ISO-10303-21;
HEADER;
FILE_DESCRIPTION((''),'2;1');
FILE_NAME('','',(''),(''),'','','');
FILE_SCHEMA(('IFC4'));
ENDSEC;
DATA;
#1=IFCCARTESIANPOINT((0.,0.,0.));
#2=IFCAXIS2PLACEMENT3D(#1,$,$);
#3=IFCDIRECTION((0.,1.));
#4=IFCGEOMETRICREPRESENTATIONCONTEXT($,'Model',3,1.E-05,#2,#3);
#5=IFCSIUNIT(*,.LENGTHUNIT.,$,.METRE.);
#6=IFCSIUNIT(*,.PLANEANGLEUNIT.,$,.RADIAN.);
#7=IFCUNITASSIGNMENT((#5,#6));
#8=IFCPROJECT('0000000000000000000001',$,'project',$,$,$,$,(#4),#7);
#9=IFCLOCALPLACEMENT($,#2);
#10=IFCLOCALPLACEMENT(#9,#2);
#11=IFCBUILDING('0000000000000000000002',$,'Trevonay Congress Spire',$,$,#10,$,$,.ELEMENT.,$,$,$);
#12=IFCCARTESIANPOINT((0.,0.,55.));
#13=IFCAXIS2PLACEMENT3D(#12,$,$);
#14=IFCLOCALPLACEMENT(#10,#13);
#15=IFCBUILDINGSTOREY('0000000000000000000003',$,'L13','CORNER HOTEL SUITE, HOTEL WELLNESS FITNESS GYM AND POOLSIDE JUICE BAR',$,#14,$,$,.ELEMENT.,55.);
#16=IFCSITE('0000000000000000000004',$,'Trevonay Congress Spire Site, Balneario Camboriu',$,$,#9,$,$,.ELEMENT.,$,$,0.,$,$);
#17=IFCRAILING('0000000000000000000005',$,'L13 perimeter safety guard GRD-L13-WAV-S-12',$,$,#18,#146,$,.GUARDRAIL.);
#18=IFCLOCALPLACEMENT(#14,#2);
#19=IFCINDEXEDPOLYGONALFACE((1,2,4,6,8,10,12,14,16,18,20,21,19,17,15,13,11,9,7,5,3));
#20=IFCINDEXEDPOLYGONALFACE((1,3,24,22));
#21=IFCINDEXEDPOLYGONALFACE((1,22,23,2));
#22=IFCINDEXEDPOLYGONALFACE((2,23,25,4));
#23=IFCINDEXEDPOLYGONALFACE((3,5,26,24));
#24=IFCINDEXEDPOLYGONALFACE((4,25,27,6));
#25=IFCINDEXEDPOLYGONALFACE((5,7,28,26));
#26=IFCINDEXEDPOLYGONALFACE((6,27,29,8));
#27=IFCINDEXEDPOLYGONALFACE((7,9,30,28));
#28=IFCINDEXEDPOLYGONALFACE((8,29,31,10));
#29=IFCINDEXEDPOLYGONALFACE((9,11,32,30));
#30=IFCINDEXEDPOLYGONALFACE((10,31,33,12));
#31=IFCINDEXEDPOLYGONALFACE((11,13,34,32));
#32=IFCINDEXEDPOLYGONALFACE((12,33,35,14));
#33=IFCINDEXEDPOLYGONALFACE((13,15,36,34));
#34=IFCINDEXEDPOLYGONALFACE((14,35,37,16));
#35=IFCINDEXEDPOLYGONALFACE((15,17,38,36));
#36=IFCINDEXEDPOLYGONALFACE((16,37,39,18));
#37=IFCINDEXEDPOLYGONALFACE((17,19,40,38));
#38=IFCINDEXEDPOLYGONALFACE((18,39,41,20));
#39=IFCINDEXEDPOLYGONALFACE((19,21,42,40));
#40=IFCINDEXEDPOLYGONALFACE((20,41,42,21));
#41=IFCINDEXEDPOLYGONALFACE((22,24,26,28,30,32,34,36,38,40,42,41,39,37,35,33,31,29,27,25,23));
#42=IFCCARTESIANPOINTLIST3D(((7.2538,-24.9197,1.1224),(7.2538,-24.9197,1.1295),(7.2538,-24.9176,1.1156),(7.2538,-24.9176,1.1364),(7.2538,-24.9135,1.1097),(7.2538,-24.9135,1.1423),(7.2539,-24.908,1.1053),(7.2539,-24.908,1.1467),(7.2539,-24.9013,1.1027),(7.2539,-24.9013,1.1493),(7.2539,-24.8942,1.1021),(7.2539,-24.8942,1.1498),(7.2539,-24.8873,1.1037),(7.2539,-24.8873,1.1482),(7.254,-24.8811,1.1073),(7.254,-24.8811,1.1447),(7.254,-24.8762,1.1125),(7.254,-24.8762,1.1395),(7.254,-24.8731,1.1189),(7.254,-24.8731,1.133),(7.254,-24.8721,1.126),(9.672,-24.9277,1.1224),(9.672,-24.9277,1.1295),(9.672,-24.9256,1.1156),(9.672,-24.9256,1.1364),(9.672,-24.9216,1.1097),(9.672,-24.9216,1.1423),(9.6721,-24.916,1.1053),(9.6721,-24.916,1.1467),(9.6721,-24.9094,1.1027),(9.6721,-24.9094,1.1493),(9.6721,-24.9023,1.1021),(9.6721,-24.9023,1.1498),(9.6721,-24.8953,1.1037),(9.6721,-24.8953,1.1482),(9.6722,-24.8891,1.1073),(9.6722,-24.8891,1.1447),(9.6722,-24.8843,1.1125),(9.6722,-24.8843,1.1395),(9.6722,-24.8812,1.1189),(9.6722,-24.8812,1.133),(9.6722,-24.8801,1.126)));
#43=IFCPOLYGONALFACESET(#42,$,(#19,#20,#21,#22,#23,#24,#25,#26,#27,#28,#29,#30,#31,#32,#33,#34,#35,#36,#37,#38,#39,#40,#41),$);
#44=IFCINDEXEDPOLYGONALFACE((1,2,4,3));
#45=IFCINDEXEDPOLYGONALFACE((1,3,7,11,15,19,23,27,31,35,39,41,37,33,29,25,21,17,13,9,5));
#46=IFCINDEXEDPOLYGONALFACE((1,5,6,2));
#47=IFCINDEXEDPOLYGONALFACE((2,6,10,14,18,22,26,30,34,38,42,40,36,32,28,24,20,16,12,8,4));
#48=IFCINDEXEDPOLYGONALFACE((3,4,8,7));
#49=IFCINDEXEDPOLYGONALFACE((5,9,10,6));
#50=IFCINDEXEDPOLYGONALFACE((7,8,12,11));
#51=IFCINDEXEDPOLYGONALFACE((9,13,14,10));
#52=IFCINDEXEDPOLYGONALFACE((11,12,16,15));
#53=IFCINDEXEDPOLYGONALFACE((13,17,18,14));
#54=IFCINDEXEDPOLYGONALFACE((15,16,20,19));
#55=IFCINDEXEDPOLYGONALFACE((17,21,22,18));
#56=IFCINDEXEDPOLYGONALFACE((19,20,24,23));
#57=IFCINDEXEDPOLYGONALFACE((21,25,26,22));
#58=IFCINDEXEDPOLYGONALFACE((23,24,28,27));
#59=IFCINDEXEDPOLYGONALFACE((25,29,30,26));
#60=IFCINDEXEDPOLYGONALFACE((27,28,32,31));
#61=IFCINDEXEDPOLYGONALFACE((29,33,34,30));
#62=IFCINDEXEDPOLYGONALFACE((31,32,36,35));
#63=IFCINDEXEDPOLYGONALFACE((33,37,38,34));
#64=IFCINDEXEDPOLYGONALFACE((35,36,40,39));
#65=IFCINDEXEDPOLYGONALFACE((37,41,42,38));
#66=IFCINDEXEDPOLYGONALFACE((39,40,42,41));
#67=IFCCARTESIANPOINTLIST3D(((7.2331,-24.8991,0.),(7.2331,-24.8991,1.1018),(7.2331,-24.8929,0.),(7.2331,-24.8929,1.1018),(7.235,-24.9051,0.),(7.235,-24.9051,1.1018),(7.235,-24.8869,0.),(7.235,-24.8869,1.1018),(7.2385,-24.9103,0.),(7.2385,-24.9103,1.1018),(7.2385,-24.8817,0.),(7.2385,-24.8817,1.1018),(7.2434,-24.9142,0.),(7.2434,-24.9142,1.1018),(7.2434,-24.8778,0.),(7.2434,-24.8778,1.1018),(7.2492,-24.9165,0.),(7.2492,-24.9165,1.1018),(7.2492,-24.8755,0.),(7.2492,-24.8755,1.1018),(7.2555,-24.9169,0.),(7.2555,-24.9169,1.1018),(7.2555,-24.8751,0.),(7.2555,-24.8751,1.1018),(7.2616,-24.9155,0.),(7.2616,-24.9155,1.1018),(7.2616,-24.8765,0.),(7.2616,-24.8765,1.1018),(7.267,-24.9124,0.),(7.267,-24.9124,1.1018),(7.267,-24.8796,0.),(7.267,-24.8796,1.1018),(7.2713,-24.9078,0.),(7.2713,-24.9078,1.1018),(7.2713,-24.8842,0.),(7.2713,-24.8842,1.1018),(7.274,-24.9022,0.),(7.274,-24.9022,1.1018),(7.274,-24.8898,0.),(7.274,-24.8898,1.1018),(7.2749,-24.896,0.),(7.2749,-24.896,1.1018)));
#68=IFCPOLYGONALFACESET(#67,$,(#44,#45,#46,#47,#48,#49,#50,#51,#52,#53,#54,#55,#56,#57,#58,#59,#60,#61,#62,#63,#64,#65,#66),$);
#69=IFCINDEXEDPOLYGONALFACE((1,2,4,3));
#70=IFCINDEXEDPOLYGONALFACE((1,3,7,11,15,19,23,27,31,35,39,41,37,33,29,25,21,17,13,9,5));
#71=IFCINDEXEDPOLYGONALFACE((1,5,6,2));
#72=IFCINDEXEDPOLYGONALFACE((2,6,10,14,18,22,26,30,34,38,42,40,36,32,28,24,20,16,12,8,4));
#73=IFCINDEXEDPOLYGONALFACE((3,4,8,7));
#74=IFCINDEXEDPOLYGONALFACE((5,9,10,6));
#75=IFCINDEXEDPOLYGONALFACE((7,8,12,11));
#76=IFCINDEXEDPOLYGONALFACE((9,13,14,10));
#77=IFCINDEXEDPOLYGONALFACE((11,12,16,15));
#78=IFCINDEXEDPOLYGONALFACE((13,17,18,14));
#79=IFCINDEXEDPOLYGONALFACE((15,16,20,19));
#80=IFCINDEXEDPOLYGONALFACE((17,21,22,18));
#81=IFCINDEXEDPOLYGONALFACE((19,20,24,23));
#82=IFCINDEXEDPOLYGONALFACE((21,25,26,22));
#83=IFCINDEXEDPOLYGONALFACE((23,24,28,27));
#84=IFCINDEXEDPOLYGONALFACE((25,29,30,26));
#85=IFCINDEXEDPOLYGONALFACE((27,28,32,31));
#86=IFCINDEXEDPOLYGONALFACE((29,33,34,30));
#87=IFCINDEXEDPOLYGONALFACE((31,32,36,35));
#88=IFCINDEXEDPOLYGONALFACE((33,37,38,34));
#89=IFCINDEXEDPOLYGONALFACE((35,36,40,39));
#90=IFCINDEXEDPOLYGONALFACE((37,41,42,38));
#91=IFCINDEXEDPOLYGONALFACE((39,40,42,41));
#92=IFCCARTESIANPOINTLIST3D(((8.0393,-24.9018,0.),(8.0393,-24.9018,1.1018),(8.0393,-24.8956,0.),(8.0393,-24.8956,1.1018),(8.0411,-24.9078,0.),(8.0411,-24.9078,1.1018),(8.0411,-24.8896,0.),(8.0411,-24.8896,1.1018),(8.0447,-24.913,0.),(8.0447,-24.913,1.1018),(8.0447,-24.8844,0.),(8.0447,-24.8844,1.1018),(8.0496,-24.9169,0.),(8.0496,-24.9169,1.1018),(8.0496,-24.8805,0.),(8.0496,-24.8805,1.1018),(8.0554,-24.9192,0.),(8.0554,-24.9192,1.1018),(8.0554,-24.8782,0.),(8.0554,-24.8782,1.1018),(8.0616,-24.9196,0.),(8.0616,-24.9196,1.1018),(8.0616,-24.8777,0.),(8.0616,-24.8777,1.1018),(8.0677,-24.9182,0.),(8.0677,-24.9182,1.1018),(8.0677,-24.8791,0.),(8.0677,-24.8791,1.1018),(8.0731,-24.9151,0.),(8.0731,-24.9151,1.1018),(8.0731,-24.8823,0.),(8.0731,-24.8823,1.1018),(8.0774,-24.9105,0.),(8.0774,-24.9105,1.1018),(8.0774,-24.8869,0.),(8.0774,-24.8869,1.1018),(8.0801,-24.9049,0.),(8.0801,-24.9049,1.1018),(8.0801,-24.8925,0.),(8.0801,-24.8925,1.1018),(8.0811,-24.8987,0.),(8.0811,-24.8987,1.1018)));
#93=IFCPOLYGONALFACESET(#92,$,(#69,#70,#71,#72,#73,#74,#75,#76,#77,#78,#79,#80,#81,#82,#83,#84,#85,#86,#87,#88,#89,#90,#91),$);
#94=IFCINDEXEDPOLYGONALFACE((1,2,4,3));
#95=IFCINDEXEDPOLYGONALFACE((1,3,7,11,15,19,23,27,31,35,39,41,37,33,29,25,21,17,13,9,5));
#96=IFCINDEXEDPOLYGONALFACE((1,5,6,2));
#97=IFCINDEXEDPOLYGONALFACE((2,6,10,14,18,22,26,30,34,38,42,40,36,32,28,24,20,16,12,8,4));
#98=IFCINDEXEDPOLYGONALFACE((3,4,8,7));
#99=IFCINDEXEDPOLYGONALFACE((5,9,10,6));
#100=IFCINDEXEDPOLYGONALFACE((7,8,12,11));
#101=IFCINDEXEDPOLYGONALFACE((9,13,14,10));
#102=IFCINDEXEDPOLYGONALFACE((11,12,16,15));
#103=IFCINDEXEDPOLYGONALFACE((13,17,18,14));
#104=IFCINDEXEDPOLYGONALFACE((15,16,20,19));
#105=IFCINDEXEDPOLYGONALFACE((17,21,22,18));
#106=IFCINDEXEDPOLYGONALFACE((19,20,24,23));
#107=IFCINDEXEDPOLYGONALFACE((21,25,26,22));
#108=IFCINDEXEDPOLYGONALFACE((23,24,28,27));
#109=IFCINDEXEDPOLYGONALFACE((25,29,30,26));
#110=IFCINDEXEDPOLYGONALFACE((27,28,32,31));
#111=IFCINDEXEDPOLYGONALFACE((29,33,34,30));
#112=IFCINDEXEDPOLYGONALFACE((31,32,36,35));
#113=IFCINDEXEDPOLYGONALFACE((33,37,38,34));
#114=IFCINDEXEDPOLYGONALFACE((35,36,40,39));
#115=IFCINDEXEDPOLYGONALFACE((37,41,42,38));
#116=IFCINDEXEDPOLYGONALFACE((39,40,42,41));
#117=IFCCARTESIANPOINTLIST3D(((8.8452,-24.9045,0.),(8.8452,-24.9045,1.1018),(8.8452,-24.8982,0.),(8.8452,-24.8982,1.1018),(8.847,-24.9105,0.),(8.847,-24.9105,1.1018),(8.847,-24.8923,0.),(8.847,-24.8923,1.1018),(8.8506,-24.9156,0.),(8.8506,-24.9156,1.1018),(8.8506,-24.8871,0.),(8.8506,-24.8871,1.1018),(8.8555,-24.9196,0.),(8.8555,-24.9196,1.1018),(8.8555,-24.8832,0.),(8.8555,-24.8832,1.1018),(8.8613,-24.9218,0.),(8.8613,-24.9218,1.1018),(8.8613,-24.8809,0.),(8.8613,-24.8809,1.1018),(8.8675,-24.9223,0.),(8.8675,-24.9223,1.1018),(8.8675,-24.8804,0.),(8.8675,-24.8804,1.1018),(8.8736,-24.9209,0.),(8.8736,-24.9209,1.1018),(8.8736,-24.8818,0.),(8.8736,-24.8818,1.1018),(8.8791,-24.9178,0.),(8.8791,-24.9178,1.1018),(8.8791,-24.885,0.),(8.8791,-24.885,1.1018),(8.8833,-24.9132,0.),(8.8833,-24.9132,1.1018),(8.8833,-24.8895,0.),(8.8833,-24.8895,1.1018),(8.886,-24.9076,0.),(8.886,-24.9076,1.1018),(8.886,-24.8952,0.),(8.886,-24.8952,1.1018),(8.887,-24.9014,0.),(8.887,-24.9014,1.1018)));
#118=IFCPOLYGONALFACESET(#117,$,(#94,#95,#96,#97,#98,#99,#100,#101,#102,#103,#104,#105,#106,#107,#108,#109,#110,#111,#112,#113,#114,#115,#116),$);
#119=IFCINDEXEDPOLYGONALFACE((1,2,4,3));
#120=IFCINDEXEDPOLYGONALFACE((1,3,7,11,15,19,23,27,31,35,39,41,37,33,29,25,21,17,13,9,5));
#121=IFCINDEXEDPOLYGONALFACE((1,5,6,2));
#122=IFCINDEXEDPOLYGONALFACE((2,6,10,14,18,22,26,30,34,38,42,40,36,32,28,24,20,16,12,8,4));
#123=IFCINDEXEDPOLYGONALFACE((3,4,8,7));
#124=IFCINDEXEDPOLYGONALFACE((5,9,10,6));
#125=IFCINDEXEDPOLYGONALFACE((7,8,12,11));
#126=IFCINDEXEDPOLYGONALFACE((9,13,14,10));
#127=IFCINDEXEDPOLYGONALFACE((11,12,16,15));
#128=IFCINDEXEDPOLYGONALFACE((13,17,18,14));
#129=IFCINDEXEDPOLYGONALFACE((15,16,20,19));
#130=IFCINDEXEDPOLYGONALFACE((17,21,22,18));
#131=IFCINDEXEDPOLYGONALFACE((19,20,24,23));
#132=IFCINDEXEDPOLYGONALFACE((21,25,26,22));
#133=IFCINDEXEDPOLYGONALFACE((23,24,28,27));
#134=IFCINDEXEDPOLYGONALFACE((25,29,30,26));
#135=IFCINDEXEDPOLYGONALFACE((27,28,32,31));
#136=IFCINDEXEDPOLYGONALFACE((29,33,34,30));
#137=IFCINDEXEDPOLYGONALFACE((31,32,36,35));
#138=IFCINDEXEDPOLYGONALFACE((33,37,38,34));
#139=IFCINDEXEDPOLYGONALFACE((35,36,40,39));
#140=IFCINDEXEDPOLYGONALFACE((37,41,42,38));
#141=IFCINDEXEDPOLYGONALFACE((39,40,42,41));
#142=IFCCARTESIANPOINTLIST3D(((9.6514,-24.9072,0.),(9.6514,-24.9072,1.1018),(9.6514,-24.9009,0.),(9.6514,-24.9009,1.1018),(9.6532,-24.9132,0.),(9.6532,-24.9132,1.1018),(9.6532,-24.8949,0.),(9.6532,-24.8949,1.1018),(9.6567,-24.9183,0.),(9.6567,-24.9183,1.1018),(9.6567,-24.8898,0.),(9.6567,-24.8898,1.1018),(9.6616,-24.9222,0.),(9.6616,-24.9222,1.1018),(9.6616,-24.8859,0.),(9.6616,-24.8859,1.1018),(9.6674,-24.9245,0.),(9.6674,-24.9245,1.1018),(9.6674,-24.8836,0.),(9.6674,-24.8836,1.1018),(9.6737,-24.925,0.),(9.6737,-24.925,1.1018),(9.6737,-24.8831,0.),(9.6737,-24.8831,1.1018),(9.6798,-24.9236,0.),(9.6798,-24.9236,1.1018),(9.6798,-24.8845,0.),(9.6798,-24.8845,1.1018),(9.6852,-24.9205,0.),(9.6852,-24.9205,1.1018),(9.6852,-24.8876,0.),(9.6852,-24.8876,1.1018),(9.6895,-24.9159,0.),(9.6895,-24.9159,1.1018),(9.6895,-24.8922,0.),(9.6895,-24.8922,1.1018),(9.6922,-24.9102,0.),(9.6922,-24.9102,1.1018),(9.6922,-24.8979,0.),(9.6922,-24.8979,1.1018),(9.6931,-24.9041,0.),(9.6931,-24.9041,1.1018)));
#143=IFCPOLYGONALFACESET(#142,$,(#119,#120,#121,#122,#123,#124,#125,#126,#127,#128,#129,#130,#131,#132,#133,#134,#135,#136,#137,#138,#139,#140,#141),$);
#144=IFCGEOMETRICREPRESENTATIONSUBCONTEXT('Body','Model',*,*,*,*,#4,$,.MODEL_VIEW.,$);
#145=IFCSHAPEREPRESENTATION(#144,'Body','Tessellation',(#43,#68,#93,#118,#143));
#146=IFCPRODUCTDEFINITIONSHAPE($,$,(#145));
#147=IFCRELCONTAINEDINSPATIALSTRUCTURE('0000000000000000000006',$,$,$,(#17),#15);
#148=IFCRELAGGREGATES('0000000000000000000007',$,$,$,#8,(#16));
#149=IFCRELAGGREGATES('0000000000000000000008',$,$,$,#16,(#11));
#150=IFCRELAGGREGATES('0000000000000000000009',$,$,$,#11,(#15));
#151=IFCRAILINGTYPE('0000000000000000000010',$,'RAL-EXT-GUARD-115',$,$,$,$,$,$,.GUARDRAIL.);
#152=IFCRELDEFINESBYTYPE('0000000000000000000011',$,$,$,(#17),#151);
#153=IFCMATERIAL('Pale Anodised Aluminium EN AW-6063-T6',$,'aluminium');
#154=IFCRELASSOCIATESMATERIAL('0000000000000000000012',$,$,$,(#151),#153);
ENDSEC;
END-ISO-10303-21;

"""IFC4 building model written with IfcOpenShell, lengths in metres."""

from ifc_helpers import new_model, si_unit, direction, frame, origin, origin_2d, place, context, subcontext, project, spatial, circle, extrude, material, type_object, element, save


model = new_model("IFC4")

# Units and contexts
model_context = context("Model", 3, precision=1e-05, world=origin(), true_north=direction((0.0, 1.0)))
body_context = subcontext(model_context, "Body", "Model", "MODEL_VIEW")
ifc_project = project(units=[si_unit("LENGTHUNIT", "METRE"), si_unit("PLANEANGLEUNIT", "RADIAN")], contexts=[model_context])

# Site, building, storey
site_placement = place(None, origin())
site = spatial("IfcSite", under=ifc_project, at=site_placement, Name="Trevonay Congress Spire Site, Balneario Camboriu", CompositionType="ELEMENT", RefElevation=0.0)
building_placement = place(site_placement, origin())
building = spatial("IfcBuilding", under=site, at=building_placement, Name="Trevonay Congress Spire", CompositionType="ELEMENT")
storey_placement = place(building_placement, frame((0.0, 0.0, 55.0)))
storey = spatial("IfcBuildingStorey", under=building, at=storey_placement, Name="L13", Description="CORNER HOTEL SUITE, HOTEL WELLNESS FITNESS GYM AND POOLSIDE JUICE BAR", CompositionType="ELEMENT", Elevation=55.0)

# Shared definitions
ifc_material_1 = material(Name="Pale Anodised Aluminium EN AW-6063-T6", Category="aluminium")

# Railing
railing_type = type_object("IfcRailingType", Name="RAL-EXT-GUARD-115", PredefinedType="GUARDRAIL", material=ifc_material_1)
railing_1_placement = place(storey_placement, frame((7.2539, -24.896, 0.0)))
element("IfcRailing", 1, at=railing_1_placement, inside=storey, type_object=railing_type, Name="L13 perimeter safety guard GRD-L13-WAV-S-12", PredefinedType="GUARDRAIL", context=body_context, shape_type="SweptSolid", body=[
    extrude(circle(Radius=0.0239, at=origin_2d()), frame((0.0, 0.0, 1.126), z_axis=(0.999994, -0.003332, 0.0), x_axis=(0.003332, 0.999994, 0.0)), (0.0, 0.0, 1.0), 2.4182),
    extrude(circle(Radius=0.021, at=origin_2d()), origin(), (0.0, 0.0, 1.0), 1.1018),
    extrude(circle(Radius=0.021, at=origin_2d()), frame((0.8062, -0.0027, 0.0)), (0.0, 0.0, 1.0), 1.1018),
    extrude(circle(Radius=0.021, at=origin_2d()), frame((1.6121, -0.0054, 0.0)), (0.0, 0.0, 1.0), 1.1018),
    extrude(circle(Radius=0.021, at=origin_2d()), frame((2.4182, -0.0081, 0.0)), (0.0, 0.0, 1.0), 1.1018),
])

save(model, "model.ifc")
